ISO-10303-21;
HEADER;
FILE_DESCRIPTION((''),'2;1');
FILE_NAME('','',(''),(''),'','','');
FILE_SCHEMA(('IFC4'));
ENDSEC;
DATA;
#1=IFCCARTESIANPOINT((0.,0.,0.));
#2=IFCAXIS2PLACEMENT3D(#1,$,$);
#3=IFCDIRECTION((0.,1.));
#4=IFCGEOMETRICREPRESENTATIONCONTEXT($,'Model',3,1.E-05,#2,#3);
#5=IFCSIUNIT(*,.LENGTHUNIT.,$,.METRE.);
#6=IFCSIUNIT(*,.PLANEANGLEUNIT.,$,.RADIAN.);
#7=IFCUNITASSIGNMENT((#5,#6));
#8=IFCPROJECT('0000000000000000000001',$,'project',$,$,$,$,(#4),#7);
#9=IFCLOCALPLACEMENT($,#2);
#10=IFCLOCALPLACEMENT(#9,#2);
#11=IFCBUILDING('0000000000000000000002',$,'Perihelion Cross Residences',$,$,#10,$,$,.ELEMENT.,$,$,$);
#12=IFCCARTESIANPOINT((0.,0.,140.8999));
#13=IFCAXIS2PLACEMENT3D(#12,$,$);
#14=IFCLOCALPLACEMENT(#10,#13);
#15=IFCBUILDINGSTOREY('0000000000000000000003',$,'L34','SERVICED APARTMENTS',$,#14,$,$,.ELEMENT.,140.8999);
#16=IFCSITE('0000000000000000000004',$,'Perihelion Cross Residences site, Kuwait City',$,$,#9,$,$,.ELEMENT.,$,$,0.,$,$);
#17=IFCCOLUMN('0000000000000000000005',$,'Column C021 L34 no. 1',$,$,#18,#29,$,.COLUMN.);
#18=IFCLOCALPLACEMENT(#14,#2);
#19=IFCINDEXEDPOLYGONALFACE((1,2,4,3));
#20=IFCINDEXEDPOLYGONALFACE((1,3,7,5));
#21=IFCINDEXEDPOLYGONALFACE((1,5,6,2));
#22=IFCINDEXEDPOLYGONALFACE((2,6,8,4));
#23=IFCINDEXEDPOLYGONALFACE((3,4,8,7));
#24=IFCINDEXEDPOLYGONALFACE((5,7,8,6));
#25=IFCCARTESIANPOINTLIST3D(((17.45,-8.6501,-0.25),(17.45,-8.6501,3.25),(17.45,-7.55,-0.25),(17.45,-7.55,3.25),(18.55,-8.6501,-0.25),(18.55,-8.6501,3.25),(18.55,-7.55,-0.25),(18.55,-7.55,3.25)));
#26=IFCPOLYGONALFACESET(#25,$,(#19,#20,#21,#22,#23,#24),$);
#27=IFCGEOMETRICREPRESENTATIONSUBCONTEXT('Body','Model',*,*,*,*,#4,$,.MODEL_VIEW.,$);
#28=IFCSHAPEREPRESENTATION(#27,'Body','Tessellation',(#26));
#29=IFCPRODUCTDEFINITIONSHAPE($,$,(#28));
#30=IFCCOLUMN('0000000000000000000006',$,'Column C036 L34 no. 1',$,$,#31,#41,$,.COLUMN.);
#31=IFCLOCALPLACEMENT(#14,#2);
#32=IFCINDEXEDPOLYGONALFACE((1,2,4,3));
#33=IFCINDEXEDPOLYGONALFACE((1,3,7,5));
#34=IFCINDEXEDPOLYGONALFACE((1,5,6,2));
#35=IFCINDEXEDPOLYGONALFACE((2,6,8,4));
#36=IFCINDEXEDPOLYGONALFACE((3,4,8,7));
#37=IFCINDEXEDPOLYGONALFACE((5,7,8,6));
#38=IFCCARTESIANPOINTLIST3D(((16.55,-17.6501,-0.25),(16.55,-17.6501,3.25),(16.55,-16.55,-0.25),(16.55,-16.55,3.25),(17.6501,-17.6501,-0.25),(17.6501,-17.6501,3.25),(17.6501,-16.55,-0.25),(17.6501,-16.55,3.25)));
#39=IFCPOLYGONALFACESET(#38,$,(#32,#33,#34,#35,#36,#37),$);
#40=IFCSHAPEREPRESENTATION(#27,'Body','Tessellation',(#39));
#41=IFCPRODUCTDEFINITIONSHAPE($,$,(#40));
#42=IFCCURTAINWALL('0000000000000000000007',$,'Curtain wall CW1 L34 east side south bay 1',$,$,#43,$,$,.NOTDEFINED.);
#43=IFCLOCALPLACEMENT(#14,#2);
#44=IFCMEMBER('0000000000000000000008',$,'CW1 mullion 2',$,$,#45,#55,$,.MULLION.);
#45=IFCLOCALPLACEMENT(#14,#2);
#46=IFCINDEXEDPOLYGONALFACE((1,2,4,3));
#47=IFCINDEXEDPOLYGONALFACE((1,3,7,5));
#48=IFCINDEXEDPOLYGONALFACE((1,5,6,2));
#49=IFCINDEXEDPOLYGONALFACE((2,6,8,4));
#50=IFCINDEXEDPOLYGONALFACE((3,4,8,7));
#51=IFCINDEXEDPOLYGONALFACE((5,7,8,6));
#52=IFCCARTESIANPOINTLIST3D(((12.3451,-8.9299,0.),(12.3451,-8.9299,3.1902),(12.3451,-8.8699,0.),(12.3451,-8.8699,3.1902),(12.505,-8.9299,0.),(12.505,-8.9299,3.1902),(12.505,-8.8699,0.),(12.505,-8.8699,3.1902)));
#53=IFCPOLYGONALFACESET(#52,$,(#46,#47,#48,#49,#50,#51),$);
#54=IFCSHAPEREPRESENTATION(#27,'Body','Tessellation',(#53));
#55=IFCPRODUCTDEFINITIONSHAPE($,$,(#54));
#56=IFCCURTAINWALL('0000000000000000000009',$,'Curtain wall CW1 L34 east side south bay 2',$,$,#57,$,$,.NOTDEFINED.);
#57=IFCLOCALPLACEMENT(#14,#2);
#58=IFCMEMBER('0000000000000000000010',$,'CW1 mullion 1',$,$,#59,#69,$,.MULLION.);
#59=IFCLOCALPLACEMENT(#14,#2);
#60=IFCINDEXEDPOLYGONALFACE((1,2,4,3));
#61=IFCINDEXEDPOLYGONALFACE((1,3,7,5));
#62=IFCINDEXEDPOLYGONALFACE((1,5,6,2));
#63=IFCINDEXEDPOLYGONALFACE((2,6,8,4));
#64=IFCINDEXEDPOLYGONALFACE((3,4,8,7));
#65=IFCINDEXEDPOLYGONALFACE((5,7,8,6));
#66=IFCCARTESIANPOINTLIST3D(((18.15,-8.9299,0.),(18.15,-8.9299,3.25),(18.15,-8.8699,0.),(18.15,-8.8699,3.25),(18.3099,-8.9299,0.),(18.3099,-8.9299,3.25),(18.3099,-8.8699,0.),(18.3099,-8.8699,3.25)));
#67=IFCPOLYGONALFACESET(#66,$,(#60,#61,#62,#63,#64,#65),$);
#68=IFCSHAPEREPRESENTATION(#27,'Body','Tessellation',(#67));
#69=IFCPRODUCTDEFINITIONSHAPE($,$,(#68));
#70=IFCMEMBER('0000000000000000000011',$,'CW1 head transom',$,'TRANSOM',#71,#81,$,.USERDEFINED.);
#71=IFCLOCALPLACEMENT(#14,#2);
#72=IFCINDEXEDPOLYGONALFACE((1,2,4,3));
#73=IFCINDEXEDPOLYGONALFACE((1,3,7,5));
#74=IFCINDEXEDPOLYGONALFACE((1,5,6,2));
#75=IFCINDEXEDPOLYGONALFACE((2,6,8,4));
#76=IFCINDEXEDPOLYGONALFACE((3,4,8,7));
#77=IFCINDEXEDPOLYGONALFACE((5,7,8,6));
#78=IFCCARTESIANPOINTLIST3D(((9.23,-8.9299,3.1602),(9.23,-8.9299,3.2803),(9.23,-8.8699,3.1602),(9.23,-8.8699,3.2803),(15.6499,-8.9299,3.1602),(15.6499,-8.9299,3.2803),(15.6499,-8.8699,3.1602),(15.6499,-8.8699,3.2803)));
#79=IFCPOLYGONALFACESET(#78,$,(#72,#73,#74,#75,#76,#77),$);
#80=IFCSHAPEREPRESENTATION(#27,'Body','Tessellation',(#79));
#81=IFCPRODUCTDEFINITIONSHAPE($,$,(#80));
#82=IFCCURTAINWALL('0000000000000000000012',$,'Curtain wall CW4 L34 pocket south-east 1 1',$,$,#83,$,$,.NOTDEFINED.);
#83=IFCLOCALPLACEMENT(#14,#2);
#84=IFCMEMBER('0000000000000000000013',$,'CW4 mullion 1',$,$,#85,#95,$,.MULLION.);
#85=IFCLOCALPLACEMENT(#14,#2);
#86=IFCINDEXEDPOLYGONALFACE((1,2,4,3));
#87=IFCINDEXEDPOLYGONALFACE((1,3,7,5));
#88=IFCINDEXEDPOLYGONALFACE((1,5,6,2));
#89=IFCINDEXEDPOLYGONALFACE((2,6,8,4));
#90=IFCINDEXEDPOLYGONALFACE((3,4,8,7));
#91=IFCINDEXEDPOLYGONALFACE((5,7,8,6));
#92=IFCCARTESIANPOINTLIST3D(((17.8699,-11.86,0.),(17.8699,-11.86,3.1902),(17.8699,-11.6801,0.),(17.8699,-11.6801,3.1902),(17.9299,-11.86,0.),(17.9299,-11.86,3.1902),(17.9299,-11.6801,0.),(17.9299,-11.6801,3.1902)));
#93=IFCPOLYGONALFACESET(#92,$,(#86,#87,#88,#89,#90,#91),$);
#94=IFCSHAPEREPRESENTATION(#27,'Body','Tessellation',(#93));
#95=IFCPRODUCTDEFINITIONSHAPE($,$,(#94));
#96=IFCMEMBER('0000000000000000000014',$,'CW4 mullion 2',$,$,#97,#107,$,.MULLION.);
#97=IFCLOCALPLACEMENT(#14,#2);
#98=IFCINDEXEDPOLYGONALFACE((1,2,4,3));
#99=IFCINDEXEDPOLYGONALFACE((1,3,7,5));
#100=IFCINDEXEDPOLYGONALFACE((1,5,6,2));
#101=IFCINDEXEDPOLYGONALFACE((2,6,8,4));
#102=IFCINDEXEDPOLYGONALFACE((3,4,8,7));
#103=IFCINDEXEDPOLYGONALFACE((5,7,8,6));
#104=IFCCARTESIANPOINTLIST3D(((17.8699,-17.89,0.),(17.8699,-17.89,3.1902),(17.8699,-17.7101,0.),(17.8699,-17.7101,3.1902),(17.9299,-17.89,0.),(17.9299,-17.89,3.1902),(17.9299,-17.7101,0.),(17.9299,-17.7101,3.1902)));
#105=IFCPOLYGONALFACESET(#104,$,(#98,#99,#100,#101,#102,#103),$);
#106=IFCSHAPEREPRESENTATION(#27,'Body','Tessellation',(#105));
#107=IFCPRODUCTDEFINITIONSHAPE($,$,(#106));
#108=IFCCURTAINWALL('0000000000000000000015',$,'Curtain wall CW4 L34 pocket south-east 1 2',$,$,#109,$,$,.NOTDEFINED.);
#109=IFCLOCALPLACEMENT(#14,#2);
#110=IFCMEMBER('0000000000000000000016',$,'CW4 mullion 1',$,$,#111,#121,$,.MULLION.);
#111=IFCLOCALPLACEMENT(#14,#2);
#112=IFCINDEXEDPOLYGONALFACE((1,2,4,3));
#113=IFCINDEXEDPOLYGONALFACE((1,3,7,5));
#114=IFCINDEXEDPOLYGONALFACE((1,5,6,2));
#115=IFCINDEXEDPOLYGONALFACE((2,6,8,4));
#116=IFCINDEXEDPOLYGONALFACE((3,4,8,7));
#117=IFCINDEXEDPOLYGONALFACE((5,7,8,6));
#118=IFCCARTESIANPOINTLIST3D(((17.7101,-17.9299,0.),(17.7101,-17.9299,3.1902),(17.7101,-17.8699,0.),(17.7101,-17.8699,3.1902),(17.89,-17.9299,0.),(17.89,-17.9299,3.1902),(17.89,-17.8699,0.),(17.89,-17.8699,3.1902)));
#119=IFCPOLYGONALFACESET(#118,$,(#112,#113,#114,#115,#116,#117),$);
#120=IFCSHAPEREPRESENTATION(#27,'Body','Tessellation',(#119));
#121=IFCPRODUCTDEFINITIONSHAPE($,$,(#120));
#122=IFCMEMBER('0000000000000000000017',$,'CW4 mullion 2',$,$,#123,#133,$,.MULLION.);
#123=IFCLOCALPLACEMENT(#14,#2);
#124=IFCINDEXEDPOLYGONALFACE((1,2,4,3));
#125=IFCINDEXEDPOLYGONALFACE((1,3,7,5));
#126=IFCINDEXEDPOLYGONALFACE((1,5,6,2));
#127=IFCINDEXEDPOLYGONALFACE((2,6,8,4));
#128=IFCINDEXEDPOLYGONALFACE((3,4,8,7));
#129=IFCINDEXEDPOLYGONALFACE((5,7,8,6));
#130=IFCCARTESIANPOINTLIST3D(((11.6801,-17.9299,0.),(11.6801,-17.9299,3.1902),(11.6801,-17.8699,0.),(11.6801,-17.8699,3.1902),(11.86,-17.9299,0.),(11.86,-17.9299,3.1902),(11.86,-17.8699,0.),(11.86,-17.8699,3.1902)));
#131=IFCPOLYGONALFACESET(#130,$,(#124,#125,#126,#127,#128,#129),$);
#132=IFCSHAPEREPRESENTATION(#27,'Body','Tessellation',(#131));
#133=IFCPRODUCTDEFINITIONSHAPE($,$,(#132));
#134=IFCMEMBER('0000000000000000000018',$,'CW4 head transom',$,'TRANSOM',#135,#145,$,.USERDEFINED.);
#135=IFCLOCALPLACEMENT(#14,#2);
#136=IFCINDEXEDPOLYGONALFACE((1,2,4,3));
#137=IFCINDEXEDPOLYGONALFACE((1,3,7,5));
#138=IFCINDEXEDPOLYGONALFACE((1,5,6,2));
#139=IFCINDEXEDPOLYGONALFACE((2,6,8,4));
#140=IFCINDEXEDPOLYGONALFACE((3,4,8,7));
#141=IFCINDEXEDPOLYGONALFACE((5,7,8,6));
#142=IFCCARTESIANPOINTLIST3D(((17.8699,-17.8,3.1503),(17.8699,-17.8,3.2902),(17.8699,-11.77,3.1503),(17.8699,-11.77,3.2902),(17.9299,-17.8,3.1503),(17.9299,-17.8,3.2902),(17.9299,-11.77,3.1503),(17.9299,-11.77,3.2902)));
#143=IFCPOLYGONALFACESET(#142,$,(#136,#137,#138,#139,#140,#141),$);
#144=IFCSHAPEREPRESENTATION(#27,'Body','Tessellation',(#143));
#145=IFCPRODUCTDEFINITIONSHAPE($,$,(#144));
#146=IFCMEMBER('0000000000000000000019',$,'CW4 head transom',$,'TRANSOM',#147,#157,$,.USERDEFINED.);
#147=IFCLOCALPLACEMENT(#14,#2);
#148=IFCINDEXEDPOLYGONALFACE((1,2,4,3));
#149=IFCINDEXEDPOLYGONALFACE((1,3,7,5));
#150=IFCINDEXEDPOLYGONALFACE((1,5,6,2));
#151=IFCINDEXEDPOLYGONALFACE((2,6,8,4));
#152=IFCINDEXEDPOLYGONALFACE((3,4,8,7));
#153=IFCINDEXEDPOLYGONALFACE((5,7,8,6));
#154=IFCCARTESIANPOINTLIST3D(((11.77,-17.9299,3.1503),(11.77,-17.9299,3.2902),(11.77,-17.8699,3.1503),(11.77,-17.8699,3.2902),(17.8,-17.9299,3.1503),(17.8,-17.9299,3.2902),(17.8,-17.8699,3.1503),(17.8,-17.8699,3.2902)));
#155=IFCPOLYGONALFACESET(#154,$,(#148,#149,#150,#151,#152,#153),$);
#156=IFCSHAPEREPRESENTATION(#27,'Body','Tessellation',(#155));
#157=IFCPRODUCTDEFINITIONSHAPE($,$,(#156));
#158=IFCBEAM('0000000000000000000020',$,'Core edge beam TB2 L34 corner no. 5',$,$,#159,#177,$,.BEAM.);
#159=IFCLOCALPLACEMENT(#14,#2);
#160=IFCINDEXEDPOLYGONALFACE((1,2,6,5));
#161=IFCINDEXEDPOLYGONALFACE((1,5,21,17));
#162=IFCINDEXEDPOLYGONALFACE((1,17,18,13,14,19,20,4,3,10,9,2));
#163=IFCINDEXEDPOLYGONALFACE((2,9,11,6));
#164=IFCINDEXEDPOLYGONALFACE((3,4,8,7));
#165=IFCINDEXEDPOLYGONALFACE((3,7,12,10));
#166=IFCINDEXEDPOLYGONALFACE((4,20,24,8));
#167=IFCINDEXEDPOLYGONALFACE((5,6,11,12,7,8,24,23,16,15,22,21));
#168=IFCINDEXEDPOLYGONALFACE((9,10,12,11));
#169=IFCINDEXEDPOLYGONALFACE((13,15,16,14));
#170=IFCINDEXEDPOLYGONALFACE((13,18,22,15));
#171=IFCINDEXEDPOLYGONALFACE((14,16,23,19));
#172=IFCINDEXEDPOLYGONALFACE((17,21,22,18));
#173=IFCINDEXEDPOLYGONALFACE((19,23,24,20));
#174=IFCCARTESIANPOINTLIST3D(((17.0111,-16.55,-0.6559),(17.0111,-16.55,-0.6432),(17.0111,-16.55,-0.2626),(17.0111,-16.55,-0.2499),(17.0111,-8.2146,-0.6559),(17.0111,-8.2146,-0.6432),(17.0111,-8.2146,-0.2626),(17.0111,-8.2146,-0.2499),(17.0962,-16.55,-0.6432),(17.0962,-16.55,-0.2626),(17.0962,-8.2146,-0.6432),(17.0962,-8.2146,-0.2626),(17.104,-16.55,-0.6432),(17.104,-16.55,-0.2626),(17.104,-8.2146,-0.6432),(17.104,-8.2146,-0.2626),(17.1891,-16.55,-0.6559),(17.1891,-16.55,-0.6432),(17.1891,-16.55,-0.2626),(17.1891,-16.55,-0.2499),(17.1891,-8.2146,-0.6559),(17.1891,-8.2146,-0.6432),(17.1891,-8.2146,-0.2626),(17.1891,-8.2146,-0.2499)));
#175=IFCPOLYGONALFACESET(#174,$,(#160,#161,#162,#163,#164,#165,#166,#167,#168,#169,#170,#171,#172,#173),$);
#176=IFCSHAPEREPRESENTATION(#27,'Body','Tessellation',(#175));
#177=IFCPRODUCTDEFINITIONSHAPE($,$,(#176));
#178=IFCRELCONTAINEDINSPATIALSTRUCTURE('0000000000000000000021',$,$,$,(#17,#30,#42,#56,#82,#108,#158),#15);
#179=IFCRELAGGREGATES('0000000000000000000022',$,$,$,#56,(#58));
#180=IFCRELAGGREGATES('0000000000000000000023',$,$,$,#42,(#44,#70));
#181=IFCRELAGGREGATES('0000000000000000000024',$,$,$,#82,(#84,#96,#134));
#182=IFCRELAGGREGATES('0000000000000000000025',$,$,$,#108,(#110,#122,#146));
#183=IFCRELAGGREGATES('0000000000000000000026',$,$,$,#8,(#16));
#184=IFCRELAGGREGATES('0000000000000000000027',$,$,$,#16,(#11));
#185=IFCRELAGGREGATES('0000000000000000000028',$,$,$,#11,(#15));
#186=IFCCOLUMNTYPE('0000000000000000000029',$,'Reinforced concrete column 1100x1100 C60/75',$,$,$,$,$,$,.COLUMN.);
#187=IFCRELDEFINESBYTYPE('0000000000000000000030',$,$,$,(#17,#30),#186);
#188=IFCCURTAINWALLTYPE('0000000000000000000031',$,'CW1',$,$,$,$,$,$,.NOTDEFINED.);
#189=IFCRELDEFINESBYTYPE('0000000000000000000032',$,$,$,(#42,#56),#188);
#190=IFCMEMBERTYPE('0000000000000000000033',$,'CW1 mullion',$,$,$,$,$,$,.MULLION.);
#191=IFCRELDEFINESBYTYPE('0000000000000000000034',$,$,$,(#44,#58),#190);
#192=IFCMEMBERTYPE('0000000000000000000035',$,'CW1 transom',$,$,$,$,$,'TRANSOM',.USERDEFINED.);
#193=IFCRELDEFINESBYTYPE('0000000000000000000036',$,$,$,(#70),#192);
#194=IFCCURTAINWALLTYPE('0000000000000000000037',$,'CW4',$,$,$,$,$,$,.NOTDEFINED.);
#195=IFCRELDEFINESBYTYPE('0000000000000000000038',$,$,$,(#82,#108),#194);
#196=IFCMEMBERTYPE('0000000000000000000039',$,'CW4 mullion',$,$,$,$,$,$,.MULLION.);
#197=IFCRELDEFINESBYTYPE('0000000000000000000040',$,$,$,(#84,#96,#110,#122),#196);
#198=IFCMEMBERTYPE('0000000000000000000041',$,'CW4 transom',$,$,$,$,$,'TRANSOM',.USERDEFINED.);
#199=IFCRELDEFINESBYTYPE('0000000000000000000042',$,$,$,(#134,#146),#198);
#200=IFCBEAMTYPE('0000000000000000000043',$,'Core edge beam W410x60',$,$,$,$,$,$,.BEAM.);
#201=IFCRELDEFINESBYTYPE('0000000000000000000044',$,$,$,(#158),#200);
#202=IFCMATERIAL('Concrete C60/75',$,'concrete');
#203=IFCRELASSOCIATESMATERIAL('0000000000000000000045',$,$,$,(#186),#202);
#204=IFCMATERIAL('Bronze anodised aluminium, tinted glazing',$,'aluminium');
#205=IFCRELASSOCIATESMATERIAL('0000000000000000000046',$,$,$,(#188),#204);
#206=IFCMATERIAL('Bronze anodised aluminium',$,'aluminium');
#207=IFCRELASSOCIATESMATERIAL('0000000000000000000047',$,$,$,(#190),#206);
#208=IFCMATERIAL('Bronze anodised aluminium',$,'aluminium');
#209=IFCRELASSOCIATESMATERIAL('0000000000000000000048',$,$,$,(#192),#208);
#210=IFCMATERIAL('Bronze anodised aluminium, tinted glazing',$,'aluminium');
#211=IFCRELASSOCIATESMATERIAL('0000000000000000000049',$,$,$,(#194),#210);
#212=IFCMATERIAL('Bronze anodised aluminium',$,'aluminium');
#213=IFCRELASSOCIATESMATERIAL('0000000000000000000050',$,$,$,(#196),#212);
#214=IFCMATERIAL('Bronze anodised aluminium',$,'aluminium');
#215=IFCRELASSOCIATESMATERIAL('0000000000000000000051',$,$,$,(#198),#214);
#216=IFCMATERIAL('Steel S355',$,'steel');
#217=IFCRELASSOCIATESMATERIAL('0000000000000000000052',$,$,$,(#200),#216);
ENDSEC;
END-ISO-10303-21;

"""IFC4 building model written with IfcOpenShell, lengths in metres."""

from ifc_helpers import new_model, si_unit, direction, frame, origin, origin_2d, place, context, subcontext, project, spatial, rectangle, i_section, extrude, material, material_profile, profile_set, type_object, element, aggregate, save


model = new_model("IFC4")

# Units and contexts
model_context = context("Model", 3, precision=1e-05, world=origin(), true_north=direction((0.0, 1.0)))
body_context = subcontext(model_context, "Body", "Model", "MODEL_VIEW")
ifc_project = project(units=[si_unit("LENGTHUNIT", "METRE"), si_unit("PLANEANGLEUNIT", "RADIAN")], contexts=[model_context])

# Site, building, storey
site_placement = place(None, origin())
site = spatial("IfcSite", under=ifc_project, at=site_placement, Name="Perihelion Cross Residences site, Kuwait City", CompositionType="ELEMENT", RefElevation=0.0)
building_placement = place(site_placement, origin())
building = spatial("IfcBuilding", under=site, at=building_placement, Name="Perihelion Cross Residences", CompositionType="ELEMENT")
storey_placement = place(building_placement, frame((0.0, 0.0, 140.8999)))
storey = spatial("IfcBuildingStorey", under=building, at=storey_placement, Name="L34", Description="SERVICED APARTMENTS", CompositionType="ELEMENT", Elevation=140.8999)

# Columns
ifc_material_1 = material(Name="Concrete C60/75", Category="concrete")
ifc_material_profile_1 = material_profile(ifc_material_1, rectangle(XDim=1.1001, YDim=1.1001, at=origin_2d()), Name="RC 1100x1100")
ifc_profile_set_1 = profile_set([ifc_material_profile_1], Name="Concrete C60/75")
column_type = type_object("IfcColumnType", Name="Reinforced concrete column 1100x1100 C60/75", PredefinedType="COLUMN", material=ifc_profile_set_1)
for number, where, z_axis, x_axis, name in (
    (1, (18.0, -8.1001, -0.25), (0.0, 0.0, 1.0), (1.0, 0.0, 0.0), "Column C021 L34 no. 1"),
    (2, (17.1001, -17.1001, -0.25), (0.0, 0.0, 1.0), (1.0, 0.0, 0.0), "Column C036 L34 no. 1"),
):
    element("IfcColumn", number, at=place(storey_placement, frame(where, z_axis=z_axis, x_axis=x_axis)), inside=storey, type_object=column_type, Name=name, PredefinedType="COLUMN", context=body_context, shape_type="SweptSolid", body=[
        extrude(rectangle(XDim=1.1001, YDim=1.1001, at=origin_2d()), origin(), (0.0, 0.0, 1.0), 3.5),
    ])

# Curtain walls, members
ifc_material_2 = material(Name="Bronze anodised aluminium, tinted glazing", Category="aluminium")
curtain_wall_type_1 = type_object("IfcCurtainWallType", Name="CW1", PredefinedType="NOTDEFINED", material=ifc_material_2)
curtain_wall_1_placement = place(storey_placement, origin())
curtain_wall_1 = element("IfcCurtainWall", 3, at=curtain_wall_1_placement, inside=storey, type_object=curtain_wall_type_1, Name="Curtain wall CW1 L34 east side south bay 1", PredefinedType="NOTDEFINED")
ifc_material_3 = material(Name="Bronze anodised aluminium", Category="aluminium")
ifc_material_profile_2 = material_profile(ifc_material_3, rectangle(XDim=0.0601, YDim=0.1599, at=origin_2d()), Name="CW1 mullion")
ifc_profile_set_2 = profile_set([ifc_material_profile_2], Name="Bronze anodised aluminium")
member_type_1 = type_object("IfcMemberType", Name="CW1 mullion", PredefinedType="MULLION", material=ifc_profile_set_2)
member_1_placement = place(storey_placement, frame((12.425, -8.8999, 0.0), z_axis=(0.0, 0.0, 1.0), x_axis=(0.0, 1.0, 0.0)))
member_1 = element("IfcMember", 4, at=member_1_placement, type_object=member_type_1, Name="CW1 mullion 2", PredefinedType="MULLION", context=body_context, shape_type="SweptSolid", body=[
    extrude(rectangle(XDim=0.0601, YDim=0.1599, at=origin_2d()), origin(), (0.0, 0.0, 1.0), 3.1902),
])
curtain_wall_2_placement = place(storey_placement, origin())
curtain_wall_2 = element("IfcCurtainWall", 5, at=curtain_wall_2_placement, inside=storey, type_object=curtain_wall_type_1, Name="Curtain wall CW1 L34 east side south bay 2", PredefinedType="NOTDEFINED")
member_2_placement = place(storey_placement, frame((18.23, -8.8999, 0.0), z_axis=(0.0, 0.0, 1.0), x_axis=(0.0, 1.0, 0.0)))
member_2 = element("IfcMember", 6, at=member_2_placement, type_object=member_type_1, Name="CW1 mullion 1", PredefinedType="MULLION", context=body_context, shape_type="SweptSolid", body=[
    extrude(rectangle(XDim=0.0601, YDim=0.1599, at=origin_2d()), origin(), (0.0, 0.0, 1.0), 3.25),
])
aggregate(curtain_wall_2, [member_2])

# Member
ifc_material_4 = material(Name="Bronze anodised aluminium", Category="aluminium")
ifc_material_profile_3 = material_profile(ifc_material_4, rectangle(XDim=0.0601, YDim=0.1201, at=origin_2d()), Name="CW1 transom")
ifc_profile_set_3 = profile_set([ifc_material_profile_3], Name="Bronze anodised aluminium")
member_type_2 = type_object("IfcMemberType", Name="CW1 transom", ElementType="TRANSOM", PredefinedType="USERDEFINED", material=ifc_profile_set_3)
member_3_placement = place(storey_placement, frame((9.23, -8.8999, 3.2202), z_axis=(1.0, 0.0, 0.0), x_axis=(0.0, 1.0, 0.0)))
member_3 = element("IfcMember", 7, at=member_3_placement, type_object=member_type_2, Name="CW1 head transom", ObjectType="TRANSOM", PredefinedType="USERDEFINED", context=body_context, shape_type="SweptSolid", body=[
    extrude(rectangle(XDim=0.0601, YDim=0.1201, at=origin_2d()), origin(), (0.0, 0.0, 1.0), 6.4199),
])

# Curtain walls, members
ifc_material_5 = material(Name="Bronze anodised aluminium, tinted glazing", Category="aluminium")
curtain_wall_type_2 = type_object("IfcCurtainWallType", Name="CW4", PredefinedType="NOTDEFINED", material=ifc_material_5)
curtain_wall_3_placement = place(storey_placement, origin())
curtain_wall_3 = element("IfcCurtainWall", 8, at=curtain_wall_3_placement, inside=storey, type_object=curtain_wall_type_2, Name="Curtain wall CW4 L34 pocket south-east 1 1", PredefinedType="NOTDEFINED")
ifc_material_6 = material(Name="Bronze anodised aluminium", Category="aluminium")
ifc_material_profile_4 = material_profile(ifc_material_6, rectangle(XDim=0.0601, YDim=0.1799, at=origin_2d()), Name="CW4 mullion")
ifc_profile_set_4 = profile_set([ifc_material_profile_4], Name="Bronze anodised aluminium")
member_type_3 = type_object("IfcMemberType", Name="CW4 mullion", PredefinedType="MULLION", material=ifc_profile_set_4)
member_4_placement = place(storey_placement, frame((17.8999, -11.77, 0.0), z_axis=(0.0, 0.0, 1.0), x_axis=(1.0, 0.0, 0.0)))
member_4 = element("IfcMember", 9, at=member_4_placement, type_object=member_type_3, Name="CW4 mullion 1", PredefinedType="MULLION", context=body_context, shape_type="SweptSolid", body=[
    extrude(rectangle(XDim=0.0601, YDim=0.1799, at=origin_2d()), origin(), (0.0, 0.0, 1.0), 3.1902),
])
member_5_placement = place(storey_placement, frame((17.8999, -17.8, 0.0), z_axis=(0.0, 0.0, 1.0), x_axis=(1.0, 0.0, 0.0)))
member_5 = element("IfcMember", 10, at=member_5_placement, type_object=member_type_3, Name="CW4 mullion 2", PredefinedType="MULLION", context=body_context, shape_type="SweptSolid", body=[
    extrude(rectangle(XDim=0.0601, YDim=0.1799, at=origin_2d()), origin(), (0.0, 0.0, 1.0), 3.1902),
])
curtain_wall_4_placement = place(storey_placement, origin())
curtain_wall_4 = element("IfcCurtainWall", 11, at=curtain_wall_4_placement, inside=storey, type_object=curtain_wall_type_2, Name="Curtain wall CW4 L34 pocket south-east 1 2", PredefinedType="NOTDEFINED")
member_6_placement = place(storey_placement, frame((17.8, -17.8999, 0.0), z_axis=(0.0, 0.0, 1.0), x_axis=(0.0, -1.0, 0.0)))
member_6 = element("IfcMember", 12, at=member_6_placement, type_object=member_type_3, Name="CW4 mullion 1", PredefinedType="MULLION", context=body_context, shape_type="SweptSolid", body=[
    extrude(rectangle(XDim=0.0601, YDim=0.1799, at=origin_2d()), origin(), (0.0, 0.0, 1.0), 3.1902),
])
member_7_placement = place(storey_placement, frame((11.77, -17.8999, 0.0), z_axis=(0.0, 0.0, 1.0), x_axis=(0.0, -1.0, 0.0)))
member_7 = element("IfcMember", 13, at=member_7_placement, type_object=member_type_3, Name="CW4 mullion 2", PredefinedType="MULLION", context=body_context, shape_type="SweptSolid", body=[
    extrude(rectangle(XDim=0.0601, YDim=0.1799, at=origin_2d()), origin(), (0.0, 0.0, 1.0), 3.1902),
])

# Members
ifc_material_7 = material(Name="Bronze anodised aluminium", Category="aluminium")
ifc_material_profile_5 = material_profile(ifc_material_7, rectangle(XDim=0.0601, YDim=0.1399, at=origin_2d()), Name="CW4 transom")
ifc_profile_set_5 = profile_set([ifc_material_profile_5], Name="Bronze anodised aluminium")
member_type_4 = type_object("IfcMemberType", Name="CW4 transom", ElementType="TRANSOM", PredefinedType="USERDEFINED", material=ifc_profile_set_5)
member_8_placement = place(storey_placement, frame((17.8999, -11.77, 3.2202), z_axis=(0.0, -1.0, 0.0), x_axis=(1.0, 0.0, 0.0)))
member_8 = element("IfcMember", 14, at=member_8_placement, type_object=member_type_4, Name="CW4 head transom", ObjectType="TRANSOM", PredefinedType="USERDEFINED", context=body_context, shape_type="SweptSolid", body=[
    extrude(rectangle(XDim=0.0601, YDim=0.1399, at=origin_2d()), origin(), (0.0, 0.0, 1.0), 6.03),
])
member_9_placement = place(storey_placement, frame((17.8, -17.8999, 3.2202), z_axis=(-1.0, 0.0, 0.0), x_axis=(0.0, -1.0, 0.0)))
member_9 = element("IfcMember", 15, at=member_9_placement, type_object=member_type_4, Name="CW4 head transom", ObjectType="TRANSOM", PredefinedType="USERDEFINED", context=body_context, shape_type="SweptSolid", body=[
    extrude(rectangle(XDim=0.0601, YDim=0.1399, at=origin_2d()), origin(), (0.0, 0.0, 1.0), 6.03),
])

# Beam
ifc_material_8 = material(Name="Steel S355", Category="steel")
ifc_material_profile_6 = material_profile(ifc_material_8, i_section(OverallWidth=0.178, OverallDepth=0.406, WebThickness=0.0078, FlangeThickness=0.0127, at=origin_2d()), Name="W410x60")
ifc_profile_set_6 = profile_set([ifc_material_profile_6], Name="Steel S355")
beam_type_1 = type_object("IfcBeamType", Name="Core edge beam W410x60", PredefinedType="BEAM", material=ifc_profile_set_6)
beam_1_placement = place(storey_placement, frame((17.1001, -8.2146, -0.4529), z_axis=(0.0, -1.0, 0.0), x_axis=(1.0, 0.0, 0.0)))
element("IfcBeam", 16, at=beam_1_placement, inside=storey, type_object=beam_type_1, Name="Core edge beam TB2 L34 corner no. 5", PredefinedType="BEAM", context=body_context, shape_type="SweptSolid", body=[
    extrude(i_section(OverallWidth=0.178, OverallDepth=0.406, WebThickness=0.0078, FlangeThickness=0.0127, at=origin_2d()), origin(), (0.0, 0.0, 1.0), 8.3354),
])

aggregate(curtain_wall_1, [member_1, member_3])
aggregate(curtain_wall_3, [member_4, member_5, member_8])
aggregate(curtain_wall_4, [member_6, member_7, member_9])

save(model, "model.ifc")
